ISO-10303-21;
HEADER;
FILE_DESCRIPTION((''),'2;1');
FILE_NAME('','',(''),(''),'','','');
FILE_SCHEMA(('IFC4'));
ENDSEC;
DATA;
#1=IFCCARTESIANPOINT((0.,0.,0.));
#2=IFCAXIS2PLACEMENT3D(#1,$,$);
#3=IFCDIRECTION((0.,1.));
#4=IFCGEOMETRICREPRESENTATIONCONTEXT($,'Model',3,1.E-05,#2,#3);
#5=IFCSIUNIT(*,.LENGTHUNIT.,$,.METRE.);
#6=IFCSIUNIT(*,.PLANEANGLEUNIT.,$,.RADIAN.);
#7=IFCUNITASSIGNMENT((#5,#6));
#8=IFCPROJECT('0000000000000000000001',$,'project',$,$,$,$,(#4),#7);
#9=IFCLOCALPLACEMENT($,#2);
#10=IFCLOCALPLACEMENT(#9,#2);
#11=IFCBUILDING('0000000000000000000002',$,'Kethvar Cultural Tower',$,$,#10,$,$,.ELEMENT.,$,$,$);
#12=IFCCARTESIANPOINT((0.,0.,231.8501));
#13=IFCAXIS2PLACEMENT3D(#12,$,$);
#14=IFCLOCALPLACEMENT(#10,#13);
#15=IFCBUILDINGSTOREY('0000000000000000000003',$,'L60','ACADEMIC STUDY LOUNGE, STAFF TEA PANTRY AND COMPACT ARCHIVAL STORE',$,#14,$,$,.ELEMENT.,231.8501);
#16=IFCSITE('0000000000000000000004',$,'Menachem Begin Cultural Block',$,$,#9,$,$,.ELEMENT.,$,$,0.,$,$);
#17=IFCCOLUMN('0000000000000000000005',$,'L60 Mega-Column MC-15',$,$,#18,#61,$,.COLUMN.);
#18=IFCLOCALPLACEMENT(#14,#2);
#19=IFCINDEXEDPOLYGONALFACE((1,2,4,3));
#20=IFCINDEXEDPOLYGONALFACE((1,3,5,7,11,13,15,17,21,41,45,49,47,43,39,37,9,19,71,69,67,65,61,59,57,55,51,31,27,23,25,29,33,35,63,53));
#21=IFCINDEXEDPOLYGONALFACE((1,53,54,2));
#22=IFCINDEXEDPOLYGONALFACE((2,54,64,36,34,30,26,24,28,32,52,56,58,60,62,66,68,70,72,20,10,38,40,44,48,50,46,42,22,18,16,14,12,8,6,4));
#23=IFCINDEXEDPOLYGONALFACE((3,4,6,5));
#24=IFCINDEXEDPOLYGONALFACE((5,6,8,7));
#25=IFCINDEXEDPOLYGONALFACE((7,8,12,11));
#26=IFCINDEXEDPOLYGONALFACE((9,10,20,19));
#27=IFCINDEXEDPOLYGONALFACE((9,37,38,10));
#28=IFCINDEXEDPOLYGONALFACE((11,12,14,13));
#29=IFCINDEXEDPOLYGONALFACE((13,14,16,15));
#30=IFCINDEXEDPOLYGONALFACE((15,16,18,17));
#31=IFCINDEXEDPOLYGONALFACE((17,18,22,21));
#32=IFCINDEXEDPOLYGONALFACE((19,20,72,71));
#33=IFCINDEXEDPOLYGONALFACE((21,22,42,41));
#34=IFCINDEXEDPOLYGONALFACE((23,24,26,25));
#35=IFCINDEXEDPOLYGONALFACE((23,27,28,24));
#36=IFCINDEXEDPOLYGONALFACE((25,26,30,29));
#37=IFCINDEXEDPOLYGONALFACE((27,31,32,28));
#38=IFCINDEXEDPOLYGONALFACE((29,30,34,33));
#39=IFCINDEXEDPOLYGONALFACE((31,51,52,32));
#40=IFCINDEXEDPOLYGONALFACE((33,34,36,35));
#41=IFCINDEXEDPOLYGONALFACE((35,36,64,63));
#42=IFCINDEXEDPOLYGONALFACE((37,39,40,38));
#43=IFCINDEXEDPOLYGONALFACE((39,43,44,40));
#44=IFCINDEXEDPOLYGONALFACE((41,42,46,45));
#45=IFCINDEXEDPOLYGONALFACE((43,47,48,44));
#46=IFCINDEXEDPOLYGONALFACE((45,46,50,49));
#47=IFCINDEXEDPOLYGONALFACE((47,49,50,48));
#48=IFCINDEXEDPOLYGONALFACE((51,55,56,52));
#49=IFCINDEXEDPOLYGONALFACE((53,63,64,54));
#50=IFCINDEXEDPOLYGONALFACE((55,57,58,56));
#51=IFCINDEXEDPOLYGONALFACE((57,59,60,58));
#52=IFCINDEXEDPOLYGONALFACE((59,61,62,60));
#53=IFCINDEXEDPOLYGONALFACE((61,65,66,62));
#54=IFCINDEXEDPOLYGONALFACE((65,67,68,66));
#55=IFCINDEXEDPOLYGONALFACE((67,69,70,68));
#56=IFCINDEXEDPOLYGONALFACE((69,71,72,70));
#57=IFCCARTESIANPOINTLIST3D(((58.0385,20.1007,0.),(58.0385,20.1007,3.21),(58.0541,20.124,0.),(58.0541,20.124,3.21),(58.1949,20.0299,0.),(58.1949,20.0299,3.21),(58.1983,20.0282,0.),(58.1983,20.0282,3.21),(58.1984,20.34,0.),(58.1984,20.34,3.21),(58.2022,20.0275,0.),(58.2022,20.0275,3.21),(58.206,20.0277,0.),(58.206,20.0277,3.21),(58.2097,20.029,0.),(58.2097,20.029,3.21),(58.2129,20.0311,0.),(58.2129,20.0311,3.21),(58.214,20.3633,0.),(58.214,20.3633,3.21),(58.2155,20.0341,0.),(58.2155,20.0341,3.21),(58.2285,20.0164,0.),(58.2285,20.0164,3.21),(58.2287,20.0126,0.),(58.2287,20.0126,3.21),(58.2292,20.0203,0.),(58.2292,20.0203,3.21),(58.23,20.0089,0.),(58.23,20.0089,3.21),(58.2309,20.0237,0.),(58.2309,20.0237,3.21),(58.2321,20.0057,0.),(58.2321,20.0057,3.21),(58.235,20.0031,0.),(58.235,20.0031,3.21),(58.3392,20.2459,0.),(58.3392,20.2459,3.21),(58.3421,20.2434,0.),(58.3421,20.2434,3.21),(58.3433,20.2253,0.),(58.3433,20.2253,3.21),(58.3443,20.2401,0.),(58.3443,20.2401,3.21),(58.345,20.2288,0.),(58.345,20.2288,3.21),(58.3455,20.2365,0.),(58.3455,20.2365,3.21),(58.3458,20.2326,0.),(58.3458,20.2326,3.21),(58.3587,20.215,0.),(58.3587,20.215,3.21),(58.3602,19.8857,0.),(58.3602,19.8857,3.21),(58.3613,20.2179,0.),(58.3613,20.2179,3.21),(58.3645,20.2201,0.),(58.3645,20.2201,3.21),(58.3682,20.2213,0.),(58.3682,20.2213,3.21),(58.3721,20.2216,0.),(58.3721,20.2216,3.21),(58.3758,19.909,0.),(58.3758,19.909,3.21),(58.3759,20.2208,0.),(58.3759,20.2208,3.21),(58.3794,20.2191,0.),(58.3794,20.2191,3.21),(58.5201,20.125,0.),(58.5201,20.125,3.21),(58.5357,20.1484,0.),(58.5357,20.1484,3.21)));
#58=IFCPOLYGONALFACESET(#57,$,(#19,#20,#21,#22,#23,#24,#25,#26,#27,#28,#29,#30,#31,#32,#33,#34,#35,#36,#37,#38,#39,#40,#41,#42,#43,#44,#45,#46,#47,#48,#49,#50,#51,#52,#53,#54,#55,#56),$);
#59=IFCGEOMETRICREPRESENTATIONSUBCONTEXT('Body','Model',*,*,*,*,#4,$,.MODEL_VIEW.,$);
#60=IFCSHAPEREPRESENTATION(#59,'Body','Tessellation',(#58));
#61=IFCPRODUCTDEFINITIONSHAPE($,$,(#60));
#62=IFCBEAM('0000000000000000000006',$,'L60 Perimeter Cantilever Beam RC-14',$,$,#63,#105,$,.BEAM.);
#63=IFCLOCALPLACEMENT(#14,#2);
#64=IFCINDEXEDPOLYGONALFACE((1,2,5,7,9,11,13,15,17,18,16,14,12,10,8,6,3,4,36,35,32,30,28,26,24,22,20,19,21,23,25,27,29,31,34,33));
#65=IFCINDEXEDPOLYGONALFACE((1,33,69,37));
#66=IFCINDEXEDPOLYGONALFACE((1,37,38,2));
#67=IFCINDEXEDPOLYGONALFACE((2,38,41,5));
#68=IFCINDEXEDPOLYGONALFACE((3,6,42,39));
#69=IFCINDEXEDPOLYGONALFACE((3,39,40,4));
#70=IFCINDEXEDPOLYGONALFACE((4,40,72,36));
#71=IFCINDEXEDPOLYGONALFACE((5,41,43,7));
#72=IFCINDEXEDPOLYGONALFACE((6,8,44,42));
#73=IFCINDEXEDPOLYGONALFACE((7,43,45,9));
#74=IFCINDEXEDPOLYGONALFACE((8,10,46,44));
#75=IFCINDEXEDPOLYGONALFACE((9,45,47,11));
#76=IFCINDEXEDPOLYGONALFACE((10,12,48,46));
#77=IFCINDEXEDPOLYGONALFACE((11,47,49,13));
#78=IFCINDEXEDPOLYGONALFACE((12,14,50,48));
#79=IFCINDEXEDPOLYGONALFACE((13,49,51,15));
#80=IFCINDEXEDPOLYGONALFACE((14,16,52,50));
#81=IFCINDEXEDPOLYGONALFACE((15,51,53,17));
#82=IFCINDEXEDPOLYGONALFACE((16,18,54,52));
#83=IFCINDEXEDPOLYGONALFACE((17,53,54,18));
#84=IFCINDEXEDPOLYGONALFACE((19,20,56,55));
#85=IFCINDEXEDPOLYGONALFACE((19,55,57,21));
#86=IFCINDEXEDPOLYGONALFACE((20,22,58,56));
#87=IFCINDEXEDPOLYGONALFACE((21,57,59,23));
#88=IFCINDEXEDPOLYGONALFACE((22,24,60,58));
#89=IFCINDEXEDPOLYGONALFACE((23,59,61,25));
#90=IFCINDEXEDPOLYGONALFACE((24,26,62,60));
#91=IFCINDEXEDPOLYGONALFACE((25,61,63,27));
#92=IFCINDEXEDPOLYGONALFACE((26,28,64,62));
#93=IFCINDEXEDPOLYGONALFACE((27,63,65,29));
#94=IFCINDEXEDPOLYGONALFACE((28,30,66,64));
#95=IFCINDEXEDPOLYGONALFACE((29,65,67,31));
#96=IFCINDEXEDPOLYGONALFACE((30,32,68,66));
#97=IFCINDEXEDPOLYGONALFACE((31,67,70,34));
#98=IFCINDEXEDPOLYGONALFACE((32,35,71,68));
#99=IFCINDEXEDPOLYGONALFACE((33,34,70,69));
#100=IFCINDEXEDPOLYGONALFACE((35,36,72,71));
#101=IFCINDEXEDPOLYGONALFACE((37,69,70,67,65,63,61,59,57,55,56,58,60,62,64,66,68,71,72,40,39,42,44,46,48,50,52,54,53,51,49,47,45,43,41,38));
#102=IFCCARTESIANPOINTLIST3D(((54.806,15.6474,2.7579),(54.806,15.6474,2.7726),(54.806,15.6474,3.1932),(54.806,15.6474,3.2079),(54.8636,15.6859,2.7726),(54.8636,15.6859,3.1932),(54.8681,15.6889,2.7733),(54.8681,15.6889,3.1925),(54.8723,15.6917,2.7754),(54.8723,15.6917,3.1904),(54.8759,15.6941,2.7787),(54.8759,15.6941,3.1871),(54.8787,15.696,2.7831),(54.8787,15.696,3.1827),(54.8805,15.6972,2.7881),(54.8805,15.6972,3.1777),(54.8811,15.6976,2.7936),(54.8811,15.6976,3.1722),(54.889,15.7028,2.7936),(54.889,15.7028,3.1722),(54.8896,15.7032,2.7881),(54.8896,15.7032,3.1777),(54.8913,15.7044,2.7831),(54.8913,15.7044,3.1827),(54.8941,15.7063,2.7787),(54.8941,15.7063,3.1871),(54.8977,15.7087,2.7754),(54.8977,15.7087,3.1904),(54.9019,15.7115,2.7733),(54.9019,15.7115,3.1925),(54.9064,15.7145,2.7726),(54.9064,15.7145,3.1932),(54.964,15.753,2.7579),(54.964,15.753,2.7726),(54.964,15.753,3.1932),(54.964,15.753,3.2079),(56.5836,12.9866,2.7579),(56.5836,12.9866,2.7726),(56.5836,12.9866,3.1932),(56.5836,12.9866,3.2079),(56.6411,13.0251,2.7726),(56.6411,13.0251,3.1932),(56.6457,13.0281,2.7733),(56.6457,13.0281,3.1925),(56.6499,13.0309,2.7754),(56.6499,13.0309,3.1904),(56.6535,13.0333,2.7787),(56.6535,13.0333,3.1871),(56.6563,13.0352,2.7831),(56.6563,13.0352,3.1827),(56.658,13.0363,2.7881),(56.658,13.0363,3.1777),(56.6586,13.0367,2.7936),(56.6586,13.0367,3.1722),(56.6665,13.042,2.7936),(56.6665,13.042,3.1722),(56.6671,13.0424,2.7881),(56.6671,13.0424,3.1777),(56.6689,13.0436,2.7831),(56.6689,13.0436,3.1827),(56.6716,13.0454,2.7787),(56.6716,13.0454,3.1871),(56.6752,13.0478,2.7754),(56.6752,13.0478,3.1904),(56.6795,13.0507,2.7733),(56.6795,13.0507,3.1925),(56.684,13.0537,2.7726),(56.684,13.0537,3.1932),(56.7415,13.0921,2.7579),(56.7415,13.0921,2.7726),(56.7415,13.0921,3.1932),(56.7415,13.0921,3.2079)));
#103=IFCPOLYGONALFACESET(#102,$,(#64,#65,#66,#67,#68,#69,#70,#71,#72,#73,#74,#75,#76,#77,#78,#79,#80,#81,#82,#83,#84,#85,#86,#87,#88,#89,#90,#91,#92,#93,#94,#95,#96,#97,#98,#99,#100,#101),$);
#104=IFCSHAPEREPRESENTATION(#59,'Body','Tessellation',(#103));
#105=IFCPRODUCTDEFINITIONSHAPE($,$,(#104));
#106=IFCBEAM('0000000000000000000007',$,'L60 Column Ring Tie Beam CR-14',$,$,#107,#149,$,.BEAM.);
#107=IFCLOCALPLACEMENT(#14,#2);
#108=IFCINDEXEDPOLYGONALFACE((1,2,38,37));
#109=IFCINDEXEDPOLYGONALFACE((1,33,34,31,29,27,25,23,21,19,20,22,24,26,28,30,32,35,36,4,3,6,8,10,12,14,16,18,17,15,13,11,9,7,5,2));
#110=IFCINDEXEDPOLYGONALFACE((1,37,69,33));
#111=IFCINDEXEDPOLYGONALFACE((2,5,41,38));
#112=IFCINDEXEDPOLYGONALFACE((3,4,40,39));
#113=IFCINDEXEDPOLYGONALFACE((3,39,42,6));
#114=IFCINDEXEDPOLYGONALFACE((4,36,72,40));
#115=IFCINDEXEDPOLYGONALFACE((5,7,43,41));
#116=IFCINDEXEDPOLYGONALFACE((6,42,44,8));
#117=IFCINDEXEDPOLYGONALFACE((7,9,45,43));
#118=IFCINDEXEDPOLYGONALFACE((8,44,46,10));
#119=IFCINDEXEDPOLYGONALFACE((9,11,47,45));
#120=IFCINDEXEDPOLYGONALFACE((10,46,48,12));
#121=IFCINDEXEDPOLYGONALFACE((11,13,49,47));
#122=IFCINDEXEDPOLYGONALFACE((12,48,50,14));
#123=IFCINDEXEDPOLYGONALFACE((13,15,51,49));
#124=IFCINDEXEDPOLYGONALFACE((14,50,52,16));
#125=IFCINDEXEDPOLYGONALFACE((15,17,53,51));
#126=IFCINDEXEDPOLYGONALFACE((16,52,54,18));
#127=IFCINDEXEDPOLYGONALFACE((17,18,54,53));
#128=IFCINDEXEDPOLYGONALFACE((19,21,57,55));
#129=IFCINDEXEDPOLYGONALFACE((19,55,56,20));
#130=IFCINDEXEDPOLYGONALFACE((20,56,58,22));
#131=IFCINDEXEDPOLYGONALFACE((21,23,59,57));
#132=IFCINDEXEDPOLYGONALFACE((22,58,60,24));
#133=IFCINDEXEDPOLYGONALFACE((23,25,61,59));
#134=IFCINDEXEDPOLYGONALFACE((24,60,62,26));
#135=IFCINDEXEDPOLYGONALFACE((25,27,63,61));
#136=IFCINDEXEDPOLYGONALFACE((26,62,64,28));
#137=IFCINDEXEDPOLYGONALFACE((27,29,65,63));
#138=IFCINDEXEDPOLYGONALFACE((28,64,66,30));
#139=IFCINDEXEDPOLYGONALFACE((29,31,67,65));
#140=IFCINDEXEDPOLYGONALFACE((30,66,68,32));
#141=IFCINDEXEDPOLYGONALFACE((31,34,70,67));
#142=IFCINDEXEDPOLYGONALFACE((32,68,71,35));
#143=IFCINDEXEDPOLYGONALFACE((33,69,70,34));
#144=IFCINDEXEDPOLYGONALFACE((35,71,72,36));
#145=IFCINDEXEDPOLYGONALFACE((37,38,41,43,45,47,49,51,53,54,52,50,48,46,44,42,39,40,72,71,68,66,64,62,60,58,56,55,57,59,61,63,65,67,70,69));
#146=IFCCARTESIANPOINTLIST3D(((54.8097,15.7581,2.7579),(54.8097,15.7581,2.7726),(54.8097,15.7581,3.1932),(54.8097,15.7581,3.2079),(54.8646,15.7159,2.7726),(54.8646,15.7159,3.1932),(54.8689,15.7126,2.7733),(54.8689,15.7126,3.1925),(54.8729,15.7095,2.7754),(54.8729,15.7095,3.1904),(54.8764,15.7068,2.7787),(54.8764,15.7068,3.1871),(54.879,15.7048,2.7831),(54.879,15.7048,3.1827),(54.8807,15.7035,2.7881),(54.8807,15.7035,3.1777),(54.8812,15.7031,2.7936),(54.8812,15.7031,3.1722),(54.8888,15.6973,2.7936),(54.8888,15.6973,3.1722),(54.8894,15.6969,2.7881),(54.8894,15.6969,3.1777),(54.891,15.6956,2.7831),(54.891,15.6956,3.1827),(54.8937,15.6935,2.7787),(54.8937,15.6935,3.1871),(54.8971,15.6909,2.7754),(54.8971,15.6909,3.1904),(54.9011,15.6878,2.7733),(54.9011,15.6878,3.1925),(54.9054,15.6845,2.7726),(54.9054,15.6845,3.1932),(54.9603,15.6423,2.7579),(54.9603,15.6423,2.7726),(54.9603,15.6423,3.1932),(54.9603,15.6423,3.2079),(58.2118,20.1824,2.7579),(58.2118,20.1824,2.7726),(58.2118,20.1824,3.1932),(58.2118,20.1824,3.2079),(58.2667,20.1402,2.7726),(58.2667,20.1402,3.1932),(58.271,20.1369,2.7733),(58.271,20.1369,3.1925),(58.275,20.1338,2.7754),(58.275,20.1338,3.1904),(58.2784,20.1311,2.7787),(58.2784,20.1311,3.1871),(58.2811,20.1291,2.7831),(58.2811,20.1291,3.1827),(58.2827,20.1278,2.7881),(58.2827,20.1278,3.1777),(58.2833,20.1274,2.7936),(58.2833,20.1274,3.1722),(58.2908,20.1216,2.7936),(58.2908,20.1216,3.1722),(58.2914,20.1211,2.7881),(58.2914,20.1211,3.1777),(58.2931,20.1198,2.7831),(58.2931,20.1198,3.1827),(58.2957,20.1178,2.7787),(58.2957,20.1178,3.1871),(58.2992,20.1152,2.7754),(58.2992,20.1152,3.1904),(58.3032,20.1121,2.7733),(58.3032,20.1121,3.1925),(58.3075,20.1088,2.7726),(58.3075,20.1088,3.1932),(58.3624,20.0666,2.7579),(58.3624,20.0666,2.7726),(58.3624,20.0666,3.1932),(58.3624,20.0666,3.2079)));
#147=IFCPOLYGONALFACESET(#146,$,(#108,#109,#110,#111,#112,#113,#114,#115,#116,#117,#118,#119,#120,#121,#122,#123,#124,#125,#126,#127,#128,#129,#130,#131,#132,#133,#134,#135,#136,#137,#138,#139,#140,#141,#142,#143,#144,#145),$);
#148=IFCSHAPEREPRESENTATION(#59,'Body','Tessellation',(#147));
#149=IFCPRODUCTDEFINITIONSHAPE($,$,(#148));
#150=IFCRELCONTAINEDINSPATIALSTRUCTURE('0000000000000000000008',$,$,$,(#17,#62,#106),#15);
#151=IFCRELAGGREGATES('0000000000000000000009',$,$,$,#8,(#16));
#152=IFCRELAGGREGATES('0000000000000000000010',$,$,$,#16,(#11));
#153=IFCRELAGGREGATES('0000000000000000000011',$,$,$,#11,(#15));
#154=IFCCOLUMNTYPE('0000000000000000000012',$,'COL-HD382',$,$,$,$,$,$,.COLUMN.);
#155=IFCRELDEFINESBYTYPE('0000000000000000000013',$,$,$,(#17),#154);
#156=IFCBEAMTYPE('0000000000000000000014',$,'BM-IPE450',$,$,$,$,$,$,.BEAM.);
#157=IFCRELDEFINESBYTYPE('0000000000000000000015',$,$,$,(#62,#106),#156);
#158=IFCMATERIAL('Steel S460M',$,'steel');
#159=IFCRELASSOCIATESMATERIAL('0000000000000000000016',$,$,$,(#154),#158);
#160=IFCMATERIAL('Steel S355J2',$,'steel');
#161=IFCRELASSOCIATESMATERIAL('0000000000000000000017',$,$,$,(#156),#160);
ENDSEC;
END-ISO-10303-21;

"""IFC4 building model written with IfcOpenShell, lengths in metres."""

from ifc_helpers import new_model, si_unit, direction, frame, origin, origin_2d, place, context, subcontext, project, spatial, i_section, extrude, source, transform, mapped, material, material_profile, profile_set, type_object, element, save


model = new_model("IFC4")

# Units and contexts
model_context = context("Model", 3, precision=1e-05, world=origin(), true_north=direction((0.0, 1.0)))
body_context = subcontext(model_context, "Body", "Model", "MODEL_VIEW")
ifc_project = project(units=[si_unit("LENGTHUNIT", "METRE"), si_unit("PLANEANGLEUNIT", "RADIAN")], contexts=[model_context])

# Site, building, storey
site_placement = place(None, origin())
site = spatial("IfcSite", under=ifc_project, at=site_placement, Name="Menachem Begin Cultural Block", CompositionType="ELEMENT", RefElevation=0.0)
building_placement = place(site_placement, origin())
building = spatial("IfcBuilding", under=site, at=building_placement, Name="Kethvar Cultural Tower", CompositionType="ELEMENT")
storey_placement = place(building_placement, frame((0.0, 0.0, 231.8501)))
storey = spatial("IfcBuildingStorey", under=building, at=storey_placement, Name="L60", Description="ACADEMIC STUDY LOUNGE, STAFF TEA PANTRY AND COMPACT ARCHIVAL STORE", CompositionType="ELEMENT", Elevation=231.8501)

# Column
ifc_material_1 = material(Name="Steel S460M", Category="steel")
ifc_material_profile_1 = material_profile(ifc_material_1, i_section(OverallWidth=0.387, OverallDepth=0.3159, WebThickness=0.0186, FlangeThickness=0.0281, FilletRadius=0.0149, at=origin_2d()), Name="Steel S460M — HD400x382")
ifc_profile_set_1 = profile_set([ifc_material_profile_1], Name="Steel S460M — HD400x382")
column_type = type_object("IfcColumnType", Name="COL-HD382", PredefinedType="COLUMN", material=ifc_profile_set_1)
shared_shape_1 = source(origin(), body_context, "Body", "SweptSolid", [
    extrude(i_section(OverallWidth=0.387, OverallDepth=0.3159, WebThickness=0.0186, FlangeThickness=0.0281, FilletRadius=0.0149, at=origin_2d()), origin(), (0.0, 0.0, 1.0), 3.21),
])
column_placement = place(storey_placement, frame((58.2871, 20.1245, 0.0), z_axis=(0.0, 0.0, 1.0), x_axis=(0.83147, -0.55557, 0.0)))
element("IfcColumn", 1, at=column_placement, inside=storey, type_object=column_type, Name="L60 Mega-Column MC-15", PredefinedType="COLUMN", context=body_context, shape_type="MappedRepresentation", body=[
    mapped(shared_shape_1, transform((0.0, 0.0, 0.0), scale=1.0)),
])

# Beams
ifc_material_2 = material(Name="Steel S355J2", Category="steel")
ifc_material_profile_2 = material_profile(ifc_material_2, i_section(OverallWidth=0.1899, OverallDepth=0.45, WebThickness=0.0095, FlangeThickness=0.0146, FilletRadius=0.021, at=origin_2d()), Name="Steel S355J2 — IPE450")
ifc_profile_set_2 = profile_set([ifc_material_profile_2], Name="Steel S355J2 — IPE450")
beam_type_1 = type_object("IfcBeamType", Name="BM-IPE450", PredefinedType="BEAM", material=ifc_profile_set_2)
shared_shape_2 = source(origin(), body_context, "Body", "SweptSolid", [
    extrude(i_section(OverallWidth=0.1899, OverallDepth=0.45, WebThickness=0.0095, FlangeThickness=0.0146, FilletRadius=0.021, at=origin_2d()), origin(), (0.0, 0.0, 1.0), 3.2),
])
beam_1_placement = place(storey_placement, frame((54.885, 15.7002, 2.9829), z_axis=(0.555492, -0.831522, 0.0), x_axis=(0.831522, 0.555492, 0.0)))
element("IfcBeam", 2, at=beam_1_placement, inside=storey, type_object=beam_type_1, Name="L60 Perimeter Cantilever Beam RC-14", PredefinedType="BEAM", context=body_context, shape_type="MappedRepresentation", body=[
    mapped(shared_shape_2, transform((0.0, 0.0, 0.0), scale=1.0)),
])
shared_shape_3 = source(origin(), body_context, "Body", "SweptSolid", [
    extrude(i_section(OverallWidth=0.1899, OverallDepth=0.45, WebThickness=0.0095, FlangeThickness=0.0146, FilletRadius=0.021, at=origin_2d()), origin(), (0.0, 0.0, 1.0), 5.5811),
])
beam_2_placement = place(storey_placement, frame((54.885, 15.7002, 2.9829), z_axis=(0.609573, 0.79273, 0.0), x_axis=(-0.79273, 0.609573, 0.0)))
element("IfcBeam", 3, at=beam_2_placement, inside=storey, type_object=beam_type_1, Name="L60 Column Ring Tie Beam CR-14", PredefinedType="BEAM", context=body_context, shape_type="MappedRepresentation", body=[
    mapped(shared_shape_3, transform((0.0, 0.0, 0.0), scale=1.0)),
])

save(model, "model.ifc")
